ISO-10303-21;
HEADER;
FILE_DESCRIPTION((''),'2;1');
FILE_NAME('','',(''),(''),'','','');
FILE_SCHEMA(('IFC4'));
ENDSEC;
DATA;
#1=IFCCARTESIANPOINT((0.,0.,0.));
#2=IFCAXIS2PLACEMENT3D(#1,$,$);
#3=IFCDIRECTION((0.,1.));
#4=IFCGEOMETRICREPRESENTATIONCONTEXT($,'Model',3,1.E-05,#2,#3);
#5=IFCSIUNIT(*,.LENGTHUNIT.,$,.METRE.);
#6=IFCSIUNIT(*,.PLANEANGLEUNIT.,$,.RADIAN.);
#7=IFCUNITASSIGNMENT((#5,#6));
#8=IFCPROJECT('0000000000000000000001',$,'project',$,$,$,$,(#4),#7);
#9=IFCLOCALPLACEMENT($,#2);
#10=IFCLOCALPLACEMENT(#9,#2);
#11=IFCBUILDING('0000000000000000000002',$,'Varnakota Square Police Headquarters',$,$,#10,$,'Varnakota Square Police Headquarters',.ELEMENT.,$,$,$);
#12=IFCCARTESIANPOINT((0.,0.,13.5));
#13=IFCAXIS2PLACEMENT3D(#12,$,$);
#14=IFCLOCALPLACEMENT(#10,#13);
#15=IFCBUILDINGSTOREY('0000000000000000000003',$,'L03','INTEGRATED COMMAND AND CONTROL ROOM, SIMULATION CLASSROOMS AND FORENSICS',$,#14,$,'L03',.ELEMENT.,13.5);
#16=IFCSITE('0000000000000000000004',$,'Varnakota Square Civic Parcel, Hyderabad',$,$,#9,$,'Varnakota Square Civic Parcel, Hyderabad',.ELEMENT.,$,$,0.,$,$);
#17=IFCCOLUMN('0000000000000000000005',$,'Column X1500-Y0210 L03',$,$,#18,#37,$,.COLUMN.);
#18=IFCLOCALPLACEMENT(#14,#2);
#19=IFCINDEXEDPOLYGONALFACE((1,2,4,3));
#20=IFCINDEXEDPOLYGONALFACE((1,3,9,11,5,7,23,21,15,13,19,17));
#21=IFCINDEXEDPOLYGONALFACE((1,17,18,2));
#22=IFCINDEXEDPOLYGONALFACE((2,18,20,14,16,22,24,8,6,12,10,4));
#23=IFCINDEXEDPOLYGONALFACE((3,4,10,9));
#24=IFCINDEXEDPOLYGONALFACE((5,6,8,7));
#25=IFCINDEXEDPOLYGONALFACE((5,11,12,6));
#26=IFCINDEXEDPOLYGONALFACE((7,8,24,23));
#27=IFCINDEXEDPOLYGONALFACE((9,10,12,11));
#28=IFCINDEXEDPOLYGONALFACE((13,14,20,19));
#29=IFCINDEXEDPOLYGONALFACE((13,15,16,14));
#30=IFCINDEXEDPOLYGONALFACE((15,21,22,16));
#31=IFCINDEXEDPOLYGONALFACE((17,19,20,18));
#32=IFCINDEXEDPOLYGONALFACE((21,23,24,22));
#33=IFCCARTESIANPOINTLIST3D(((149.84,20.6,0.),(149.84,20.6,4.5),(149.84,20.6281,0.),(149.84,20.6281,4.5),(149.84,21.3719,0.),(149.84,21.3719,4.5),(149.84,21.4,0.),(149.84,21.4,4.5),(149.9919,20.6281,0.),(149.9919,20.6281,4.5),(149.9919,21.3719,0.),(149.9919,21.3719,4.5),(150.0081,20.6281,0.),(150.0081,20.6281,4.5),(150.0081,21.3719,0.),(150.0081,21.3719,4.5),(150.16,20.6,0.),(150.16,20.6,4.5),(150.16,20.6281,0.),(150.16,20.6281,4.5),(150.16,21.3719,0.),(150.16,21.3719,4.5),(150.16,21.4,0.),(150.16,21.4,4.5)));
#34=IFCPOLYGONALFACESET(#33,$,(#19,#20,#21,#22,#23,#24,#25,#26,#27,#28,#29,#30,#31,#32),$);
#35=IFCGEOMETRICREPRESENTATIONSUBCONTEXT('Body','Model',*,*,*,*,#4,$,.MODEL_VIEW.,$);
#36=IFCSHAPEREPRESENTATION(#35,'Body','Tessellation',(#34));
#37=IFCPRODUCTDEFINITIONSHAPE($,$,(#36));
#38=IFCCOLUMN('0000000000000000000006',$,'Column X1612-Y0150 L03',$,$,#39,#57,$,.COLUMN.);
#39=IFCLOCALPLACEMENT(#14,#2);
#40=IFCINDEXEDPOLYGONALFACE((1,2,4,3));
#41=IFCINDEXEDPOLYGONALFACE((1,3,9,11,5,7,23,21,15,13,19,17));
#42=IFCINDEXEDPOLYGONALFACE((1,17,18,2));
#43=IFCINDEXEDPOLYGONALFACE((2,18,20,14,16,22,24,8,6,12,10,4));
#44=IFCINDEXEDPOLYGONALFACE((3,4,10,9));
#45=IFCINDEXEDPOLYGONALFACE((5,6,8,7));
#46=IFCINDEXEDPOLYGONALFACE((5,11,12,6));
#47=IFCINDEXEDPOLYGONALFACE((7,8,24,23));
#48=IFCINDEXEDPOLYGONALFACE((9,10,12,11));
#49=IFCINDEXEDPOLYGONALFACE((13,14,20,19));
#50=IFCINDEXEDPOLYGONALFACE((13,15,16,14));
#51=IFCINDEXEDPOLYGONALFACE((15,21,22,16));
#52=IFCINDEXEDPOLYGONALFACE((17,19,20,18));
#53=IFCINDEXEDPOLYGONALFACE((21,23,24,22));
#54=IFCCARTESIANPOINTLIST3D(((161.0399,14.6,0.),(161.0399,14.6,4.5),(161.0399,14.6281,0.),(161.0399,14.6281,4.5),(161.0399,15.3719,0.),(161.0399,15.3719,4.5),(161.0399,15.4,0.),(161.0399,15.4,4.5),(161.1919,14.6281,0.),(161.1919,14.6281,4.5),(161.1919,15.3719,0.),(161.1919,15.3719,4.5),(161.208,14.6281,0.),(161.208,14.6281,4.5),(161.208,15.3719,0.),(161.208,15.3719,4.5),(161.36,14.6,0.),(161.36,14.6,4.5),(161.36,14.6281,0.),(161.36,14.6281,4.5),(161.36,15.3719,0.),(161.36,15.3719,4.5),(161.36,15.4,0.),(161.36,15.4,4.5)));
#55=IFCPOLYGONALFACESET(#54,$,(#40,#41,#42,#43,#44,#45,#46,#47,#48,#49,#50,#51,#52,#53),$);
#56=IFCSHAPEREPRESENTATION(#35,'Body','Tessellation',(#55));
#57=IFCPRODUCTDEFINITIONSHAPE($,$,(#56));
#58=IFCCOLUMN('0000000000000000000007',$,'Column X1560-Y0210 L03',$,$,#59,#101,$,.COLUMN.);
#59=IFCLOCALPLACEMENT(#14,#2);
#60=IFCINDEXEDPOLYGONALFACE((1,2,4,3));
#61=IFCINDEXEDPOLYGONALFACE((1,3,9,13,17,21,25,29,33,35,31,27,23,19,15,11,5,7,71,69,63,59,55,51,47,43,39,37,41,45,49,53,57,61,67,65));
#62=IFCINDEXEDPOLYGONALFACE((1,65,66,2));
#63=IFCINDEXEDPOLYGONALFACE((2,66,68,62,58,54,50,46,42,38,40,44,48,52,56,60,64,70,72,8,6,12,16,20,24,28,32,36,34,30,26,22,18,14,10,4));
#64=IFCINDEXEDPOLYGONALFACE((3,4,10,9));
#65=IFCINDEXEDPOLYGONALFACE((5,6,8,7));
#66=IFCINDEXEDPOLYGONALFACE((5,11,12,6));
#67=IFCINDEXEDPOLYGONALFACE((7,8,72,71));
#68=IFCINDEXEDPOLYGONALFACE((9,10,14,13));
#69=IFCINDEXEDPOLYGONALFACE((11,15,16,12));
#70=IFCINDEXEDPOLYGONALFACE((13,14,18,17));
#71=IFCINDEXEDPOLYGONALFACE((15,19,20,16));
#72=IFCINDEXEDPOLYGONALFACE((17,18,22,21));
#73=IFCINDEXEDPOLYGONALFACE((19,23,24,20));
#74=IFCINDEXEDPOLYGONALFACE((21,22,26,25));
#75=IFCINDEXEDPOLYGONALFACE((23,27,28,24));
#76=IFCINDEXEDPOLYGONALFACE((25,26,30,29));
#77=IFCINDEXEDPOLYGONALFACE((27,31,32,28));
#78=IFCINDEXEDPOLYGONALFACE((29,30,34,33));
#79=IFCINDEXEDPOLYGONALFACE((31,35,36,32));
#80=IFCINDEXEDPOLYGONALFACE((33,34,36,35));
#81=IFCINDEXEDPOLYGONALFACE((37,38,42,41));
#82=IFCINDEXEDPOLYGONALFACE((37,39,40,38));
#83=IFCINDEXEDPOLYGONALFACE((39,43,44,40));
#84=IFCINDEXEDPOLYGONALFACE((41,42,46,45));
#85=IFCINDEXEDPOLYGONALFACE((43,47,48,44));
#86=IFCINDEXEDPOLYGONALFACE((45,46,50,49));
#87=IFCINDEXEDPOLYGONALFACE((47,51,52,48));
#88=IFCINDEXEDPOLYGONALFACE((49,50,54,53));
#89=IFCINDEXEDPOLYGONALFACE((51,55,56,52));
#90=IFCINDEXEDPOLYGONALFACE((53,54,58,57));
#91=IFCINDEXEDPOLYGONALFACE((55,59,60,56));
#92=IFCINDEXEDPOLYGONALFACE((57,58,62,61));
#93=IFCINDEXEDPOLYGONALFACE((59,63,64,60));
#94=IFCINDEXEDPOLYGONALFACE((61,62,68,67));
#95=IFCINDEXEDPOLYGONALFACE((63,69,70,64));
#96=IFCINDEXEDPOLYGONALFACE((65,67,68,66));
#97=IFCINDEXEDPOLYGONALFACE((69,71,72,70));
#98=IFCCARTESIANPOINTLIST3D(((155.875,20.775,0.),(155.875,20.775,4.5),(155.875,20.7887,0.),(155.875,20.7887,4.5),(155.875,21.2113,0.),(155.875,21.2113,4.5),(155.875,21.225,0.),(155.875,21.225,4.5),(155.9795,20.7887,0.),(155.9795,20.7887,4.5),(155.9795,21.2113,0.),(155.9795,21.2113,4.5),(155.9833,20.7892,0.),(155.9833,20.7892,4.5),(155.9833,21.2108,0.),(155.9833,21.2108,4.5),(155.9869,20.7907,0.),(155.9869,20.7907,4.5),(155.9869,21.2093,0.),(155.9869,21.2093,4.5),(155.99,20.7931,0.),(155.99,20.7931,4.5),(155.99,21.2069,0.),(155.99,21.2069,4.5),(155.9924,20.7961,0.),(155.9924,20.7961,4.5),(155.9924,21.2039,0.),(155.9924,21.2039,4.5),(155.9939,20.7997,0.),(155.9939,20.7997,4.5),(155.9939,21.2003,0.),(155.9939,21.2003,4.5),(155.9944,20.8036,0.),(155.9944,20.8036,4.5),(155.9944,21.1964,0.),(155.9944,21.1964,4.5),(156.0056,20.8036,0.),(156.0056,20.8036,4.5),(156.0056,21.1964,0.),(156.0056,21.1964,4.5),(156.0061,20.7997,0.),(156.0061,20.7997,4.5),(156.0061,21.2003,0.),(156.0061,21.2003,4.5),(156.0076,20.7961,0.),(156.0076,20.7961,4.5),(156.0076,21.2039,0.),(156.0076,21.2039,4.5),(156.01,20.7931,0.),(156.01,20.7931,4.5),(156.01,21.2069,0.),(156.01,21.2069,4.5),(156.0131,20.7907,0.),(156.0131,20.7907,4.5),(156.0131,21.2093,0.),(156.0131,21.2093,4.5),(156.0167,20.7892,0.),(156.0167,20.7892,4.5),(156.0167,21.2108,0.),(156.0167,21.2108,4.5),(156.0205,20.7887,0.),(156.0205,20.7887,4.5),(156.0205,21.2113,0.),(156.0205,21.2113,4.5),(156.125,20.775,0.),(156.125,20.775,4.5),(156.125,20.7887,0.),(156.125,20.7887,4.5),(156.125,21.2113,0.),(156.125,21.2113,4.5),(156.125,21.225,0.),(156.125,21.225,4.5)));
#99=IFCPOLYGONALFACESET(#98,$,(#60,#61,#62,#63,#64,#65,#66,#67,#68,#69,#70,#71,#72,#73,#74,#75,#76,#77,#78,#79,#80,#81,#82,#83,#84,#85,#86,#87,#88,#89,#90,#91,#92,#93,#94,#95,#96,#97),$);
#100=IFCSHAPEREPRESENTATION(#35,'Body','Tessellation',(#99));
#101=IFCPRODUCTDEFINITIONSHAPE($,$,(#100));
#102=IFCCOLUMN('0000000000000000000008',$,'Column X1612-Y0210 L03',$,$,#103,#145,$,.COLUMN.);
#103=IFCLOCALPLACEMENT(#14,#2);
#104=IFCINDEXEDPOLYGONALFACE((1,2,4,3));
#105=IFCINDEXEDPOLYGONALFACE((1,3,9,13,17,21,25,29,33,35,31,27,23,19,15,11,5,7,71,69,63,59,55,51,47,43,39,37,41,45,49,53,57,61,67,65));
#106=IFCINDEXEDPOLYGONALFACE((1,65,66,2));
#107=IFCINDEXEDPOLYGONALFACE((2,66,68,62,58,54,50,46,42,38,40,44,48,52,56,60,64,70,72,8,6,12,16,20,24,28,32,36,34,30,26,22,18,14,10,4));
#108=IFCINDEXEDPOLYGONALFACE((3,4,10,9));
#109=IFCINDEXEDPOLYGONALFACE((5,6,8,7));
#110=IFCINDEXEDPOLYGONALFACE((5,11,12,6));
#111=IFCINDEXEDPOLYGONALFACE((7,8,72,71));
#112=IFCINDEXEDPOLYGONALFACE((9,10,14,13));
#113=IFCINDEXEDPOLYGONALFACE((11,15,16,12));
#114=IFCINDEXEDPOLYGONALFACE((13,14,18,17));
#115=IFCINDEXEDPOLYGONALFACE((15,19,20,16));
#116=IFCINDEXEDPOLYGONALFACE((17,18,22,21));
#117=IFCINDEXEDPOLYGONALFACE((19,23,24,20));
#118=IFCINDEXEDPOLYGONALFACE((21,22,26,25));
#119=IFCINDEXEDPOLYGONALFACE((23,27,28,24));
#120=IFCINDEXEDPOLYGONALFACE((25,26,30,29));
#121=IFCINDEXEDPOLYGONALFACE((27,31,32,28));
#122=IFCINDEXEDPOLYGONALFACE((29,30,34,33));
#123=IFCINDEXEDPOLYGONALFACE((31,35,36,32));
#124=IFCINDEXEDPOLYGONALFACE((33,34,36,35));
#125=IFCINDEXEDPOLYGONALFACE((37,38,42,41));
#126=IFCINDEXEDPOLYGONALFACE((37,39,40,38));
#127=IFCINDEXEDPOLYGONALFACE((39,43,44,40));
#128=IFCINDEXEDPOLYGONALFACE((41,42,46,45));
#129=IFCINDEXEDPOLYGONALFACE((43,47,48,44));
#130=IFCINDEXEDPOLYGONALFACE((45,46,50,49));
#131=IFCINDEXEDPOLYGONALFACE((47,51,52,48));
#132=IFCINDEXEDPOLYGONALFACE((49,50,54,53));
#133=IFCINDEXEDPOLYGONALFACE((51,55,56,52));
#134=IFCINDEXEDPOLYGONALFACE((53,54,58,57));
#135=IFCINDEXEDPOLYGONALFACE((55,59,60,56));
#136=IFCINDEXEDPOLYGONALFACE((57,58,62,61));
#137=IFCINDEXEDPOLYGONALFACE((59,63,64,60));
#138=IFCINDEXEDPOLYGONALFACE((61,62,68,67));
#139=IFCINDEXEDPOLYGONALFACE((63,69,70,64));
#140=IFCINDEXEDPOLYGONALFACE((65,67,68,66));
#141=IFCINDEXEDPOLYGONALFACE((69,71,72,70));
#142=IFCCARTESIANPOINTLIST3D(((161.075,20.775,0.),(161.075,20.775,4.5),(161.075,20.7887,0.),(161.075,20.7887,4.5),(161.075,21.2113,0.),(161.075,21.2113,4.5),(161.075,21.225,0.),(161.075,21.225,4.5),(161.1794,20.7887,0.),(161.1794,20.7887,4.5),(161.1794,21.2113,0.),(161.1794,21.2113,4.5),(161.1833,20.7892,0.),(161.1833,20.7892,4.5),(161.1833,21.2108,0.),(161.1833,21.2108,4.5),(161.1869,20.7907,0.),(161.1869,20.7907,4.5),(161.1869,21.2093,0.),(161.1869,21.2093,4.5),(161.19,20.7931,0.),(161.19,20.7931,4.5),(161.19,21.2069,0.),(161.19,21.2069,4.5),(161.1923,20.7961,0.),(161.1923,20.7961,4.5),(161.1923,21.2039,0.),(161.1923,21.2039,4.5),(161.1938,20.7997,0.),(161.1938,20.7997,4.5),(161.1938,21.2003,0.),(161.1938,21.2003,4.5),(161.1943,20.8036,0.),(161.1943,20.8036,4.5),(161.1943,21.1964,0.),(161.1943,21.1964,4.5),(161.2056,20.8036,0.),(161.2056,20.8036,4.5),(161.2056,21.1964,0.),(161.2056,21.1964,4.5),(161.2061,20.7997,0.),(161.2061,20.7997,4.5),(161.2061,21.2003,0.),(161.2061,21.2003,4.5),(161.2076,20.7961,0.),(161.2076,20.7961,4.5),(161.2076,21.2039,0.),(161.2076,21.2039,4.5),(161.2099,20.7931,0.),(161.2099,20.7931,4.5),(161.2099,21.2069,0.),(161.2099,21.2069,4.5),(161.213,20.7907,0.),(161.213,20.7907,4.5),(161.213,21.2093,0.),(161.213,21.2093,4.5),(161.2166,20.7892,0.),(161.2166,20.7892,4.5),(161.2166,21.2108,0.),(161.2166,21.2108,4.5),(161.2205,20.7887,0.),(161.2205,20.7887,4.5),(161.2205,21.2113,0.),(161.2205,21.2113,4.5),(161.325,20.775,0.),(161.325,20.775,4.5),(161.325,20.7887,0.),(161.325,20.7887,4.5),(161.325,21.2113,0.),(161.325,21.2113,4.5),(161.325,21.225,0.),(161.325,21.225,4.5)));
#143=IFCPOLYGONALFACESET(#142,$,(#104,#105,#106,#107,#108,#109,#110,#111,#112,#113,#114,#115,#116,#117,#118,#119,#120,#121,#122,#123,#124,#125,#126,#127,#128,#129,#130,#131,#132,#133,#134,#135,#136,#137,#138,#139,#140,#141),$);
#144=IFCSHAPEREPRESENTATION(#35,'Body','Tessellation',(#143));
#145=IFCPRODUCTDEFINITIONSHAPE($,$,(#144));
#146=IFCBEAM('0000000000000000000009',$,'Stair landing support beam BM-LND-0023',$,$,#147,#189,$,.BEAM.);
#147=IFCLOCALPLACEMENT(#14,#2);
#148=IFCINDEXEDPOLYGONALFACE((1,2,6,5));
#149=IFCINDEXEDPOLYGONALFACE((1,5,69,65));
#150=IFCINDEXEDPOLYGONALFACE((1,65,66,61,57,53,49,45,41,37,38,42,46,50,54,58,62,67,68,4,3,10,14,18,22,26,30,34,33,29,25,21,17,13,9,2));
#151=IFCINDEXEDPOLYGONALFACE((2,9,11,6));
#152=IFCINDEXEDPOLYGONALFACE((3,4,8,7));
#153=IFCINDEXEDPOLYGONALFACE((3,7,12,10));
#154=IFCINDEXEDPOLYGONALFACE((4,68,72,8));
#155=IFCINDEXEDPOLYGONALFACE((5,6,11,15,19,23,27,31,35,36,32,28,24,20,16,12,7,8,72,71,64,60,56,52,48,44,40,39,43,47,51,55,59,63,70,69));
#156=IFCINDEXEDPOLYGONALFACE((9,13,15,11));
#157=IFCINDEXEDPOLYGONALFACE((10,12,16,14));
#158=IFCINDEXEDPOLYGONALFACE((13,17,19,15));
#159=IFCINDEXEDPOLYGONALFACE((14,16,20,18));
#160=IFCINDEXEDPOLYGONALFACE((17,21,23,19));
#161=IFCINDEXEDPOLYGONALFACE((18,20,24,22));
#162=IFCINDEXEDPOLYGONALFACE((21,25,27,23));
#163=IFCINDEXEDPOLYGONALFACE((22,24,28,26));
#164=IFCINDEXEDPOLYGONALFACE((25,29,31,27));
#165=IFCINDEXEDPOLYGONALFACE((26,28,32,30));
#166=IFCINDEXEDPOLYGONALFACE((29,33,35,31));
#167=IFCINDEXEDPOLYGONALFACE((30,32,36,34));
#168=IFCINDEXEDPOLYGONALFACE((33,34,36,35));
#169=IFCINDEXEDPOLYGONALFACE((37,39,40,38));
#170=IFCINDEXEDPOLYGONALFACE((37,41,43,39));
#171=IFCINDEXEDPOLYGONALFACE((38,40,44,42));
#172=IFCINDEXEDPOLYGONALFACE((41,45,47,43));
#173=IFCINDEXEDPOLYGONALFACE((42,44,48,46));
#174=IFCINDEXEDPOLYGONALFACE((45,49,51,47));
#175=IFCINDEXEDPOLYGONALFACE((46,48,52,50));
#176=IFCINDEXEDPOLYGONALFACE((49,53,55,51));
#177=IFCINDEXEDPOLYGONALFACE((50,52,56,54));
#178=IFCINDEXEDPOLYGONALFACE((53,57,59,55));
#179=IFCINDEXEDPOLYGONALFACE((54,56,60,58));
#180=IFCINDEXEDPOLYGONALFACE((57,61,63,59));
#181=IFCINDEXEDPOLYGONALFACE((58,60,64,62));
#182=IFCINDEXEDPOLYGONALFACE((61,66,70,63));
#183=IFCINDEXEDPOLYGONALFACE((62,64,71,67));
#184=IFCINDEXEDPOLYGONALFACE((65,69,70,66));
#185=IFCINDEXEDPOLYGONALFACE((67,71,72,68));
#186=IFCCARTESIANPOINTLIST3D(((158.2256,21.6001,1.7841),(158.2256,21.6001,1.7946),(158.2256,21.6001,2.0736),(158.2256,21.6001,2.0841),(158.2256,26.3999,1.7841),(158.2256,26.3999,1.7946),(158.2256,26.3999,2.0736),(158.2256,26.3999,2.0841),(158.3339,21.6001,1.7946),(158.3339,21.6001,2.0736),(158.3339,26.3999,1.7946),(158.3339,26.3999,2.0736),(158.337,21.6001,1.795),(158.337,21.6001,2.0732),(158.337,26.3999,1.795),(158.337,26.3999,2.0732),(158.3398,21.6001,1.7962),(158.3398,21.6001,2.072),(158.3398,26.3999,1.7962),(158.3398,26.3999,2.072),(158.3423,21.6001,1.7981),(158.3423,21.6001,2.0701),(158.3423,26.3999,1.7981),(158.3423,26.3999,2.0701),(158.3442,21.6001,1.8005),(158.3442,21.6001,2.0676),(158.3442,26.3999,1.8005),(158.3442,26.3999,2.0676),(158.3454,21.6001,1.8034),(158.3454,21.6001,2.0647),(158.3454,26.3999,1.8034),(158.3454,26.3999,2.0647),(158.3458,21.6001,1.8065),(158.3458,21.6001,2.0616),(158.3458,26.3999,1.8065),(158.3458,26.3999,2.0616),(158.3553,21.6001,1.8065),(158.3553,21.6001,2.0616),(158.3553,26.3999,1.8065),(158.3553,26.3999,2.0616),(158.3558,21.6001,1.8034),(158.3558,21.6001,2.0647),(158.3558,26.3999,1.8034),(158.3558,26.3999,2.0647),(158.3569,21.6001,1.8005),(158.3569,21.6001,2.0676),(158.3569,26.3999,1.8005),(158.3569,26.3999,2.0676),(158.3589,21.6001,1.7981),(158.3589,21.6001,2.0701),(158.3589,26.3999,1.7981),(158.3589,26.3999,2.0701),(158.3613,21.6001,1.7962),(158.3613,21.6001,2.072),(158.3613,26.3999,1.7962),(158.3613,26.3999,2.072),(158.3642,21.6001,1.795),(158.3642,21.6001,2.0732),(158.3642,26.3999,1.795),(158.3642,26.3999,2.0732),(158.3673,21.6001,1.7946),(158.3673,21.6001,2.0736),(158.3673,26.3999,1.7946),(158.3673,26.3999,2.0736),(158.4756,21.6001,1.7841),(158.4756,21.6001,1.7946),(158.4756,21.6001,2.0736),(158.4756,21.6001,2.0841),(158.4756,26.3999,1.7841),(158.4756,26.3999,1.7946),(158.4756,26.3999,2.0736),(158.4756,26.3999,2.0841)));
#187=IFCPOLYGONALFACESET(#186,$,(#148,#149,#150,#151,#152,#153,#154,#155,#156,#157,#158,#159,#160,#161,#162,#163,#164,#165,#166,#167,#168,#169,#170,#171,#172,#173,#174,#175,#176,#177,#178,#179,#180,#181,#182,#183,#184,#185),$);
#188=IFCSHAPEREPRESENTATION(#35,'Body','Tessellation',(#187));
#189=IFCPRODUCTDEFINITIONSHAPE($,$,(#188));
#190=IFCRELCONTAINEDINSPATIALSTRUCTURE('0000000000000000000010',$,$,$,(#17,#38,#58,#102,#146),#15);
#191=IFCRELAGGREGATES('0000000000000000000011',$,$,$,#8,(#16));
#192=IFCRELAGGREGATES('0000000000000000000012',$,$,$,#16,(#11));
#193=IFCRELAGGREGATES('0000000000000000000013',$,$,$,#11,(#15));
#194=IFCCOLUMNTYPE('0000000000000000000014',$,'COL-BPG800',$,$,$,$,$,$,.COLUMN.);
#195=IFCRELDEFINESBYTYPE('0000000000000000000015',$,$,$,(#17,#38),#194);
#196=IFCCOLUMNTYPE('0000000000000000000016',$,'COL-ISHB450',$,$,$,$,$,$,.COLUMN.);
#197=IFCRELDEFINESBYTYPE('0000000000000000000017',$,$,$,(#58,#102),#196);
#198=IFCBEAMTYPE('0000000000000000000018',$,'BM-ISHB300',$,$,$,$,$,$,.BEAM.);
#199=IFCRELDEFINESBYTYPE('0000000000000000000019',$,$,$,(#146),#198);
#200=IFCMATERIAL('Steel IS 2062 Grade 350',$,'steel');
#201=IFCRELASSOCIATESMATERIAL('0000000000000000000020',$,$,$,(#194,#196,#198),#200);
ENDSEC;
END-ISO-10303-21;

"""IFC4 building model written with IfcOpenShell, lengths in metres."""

from ifc_helpers import new_model, si_unit, direction, frame, origin, origin_2d, place, context, subcontext, project, spatial, i_section, extrude, material, material_profile, profile_set, type_object, element, save


model = new_model("IFC4")

# Units and contexts
model_context = context("Model", 3, precision=1e-05, world=origin(), true_north=direction((0.0, 1.0)))
body_context = subcontext(model_context, "Body", "Model", "MODEL_VIEW")
ifc_project = project(units=[si_unit("LENGTHUNIT", "METRE"), si_unit("PLANEANGLEUNIT", "RADIAN")], contexts=[model_context])

# Site, building, storey
site_placement = place(None, origin())
site = spatial("IfcSite", under=ifc_project, at=site_placement, Name="Varnakota Square Civic Parcel, Hyderabad", LongName="Varnakota Square Civic Parcel, Hyderabad", CompositionType="ELEMENT", RefElevation=0.0)
building_placement = place(site_placement, origin())
building = spatial("IfcBuilding", under=site, at=building_placement, Name="Varnakota Square Police Headquarters", LongName="Varnakota Square Police Headquarters", CompositionType="ELEMENT")
storey_placement = place(building_placement, frame((0.0, 0.0, 13.5)))
storey = spatial("IfcBuildingStorey", under=building, at=storey_placement, Name="L03", Description="INTEGRATED COMMAND AND CONTROL ROOM, SIMULATION CLASSROOMS AND FORENSICS", LongName="L03", CompositionType="ELEMENT", Elevation=13.5)

# Columns
ifc_material_1 = material(Name="Steel IS 2062 Grade 350", Category="steel")
ifc_material_profile_1 = material_profile(ifc_material_1, i_section(OverallWidth=0.3201, OverallDepth=0.8, WebThickness=0.0161, FlangeThickness=0.0281, at=origin_2d()), Name="BPG 800x320")
ifc_profile_set_1 = profile_set([ifc_material_profile_1], Name="Steel IS 2062 Grade 350")
column_type_1 = type_object("IfcColumnType", Name="COL-BPG800", PredefinedType="COLUMN", material=ifc_profile_set_1)
for number, where, z_axis, x_axis, name in (
    (1, (150.0, 21.0, 0.0), (0.0, 0.0, 1.0), (1.0, 0.0, 0.0), "Column X1500-Y0210 L03"),
    (2, (161.2, 15.0, 0.0), (0.0, 0.0, 1.0), (1.0, 0.0, 0.0), "Column X1612-Y0150 L03"),
):
    element("IfcColumn", number, at=place(storey_placement, frame(where, z_axis=z_axis, x_axis=x_axis)), inside=storey, type_object=column_type_1, Name=name, PredefinedType="COLUMN", context=body_context, shape_type="SweptSolid", body=[
        extrude(i_section(OverallWidth=0.3201, OverallDepth=0.8, WebThickness=0.0161, FlangeThickness=0.0281, at=origin_2d()), origin(), (0.0, 0.0, 1.0), 4.5),
    ])
ifc_material_profile_2 = material_profile(ifc_material_1, i_section(OverallWidth=0.25, OverallDepth=0.45, WebThickness=0.0112, FlangeThickness=0.0137, FilletRadius=0.0149, at=origin_2d()), Name="ISHB 450")
ifc_profile_set_2 = profile_set([ifc_material_profile_2], Name="Steel IS 2062 Grade 350")
column_type_2 = type_object("IfcColumnType", Name="COL-ISHB450", PredefinedType="COLUMN", material=ifc_profile_set_2)
for number, where, z_axis, x_axis, name in (
    (3, (156.0, 21.0, 0.0), (0.0, 0.0, 1.0), (1.0, 0.0, 0.0), "Column X1560-Y0210 L03"),
    (4, (161.2, 21.0, 0.0), (0.0, 0.0, 1.0), (1.0, 0.0, 0.0), "Column X1612-Y0210 L03"),
):
    element("IfcColumn", number, at=place(storey_placement, frame(where, z_axis=z_axis, x_axis=x_axis)), inside=storey, type_object=column_type_2, Name=name, PredefinedType="COLUMN", context=body_context, shape_type="SweptSolid", body=[
        extrude(i_section(OverallWidth=0.25, OverallDepth=0.45, WebThickness=0.0112, FlangeThickness=0.0137, FilletRadius=0.0149, at=origin_2d()), origin(), (0.0, 0.0, 1.0), 4.5),
    ])

# Beam
ifc_material_profile_3 = material_profile(ifc_material_1, i_section(OverallWidth=0.25, OverallDepth=0.3, WebThickness=0.0095, FlangeThickness=0.0105, FilletRadius=0.012, at=origin_2d()), Name="ISHB 300")
ifc_profile_set_3 = profile_set([ifc_material_profile_3], Name="Steel IS 2062 Grade 350")
beam_type_1 = type_object("IfcBeamType", Name="BM-ISHB300", PredefinedType="BEAM", material=ifc_profile_set_3)
for number, where, z_axis, x_axis, name in (
    (5, (158.3506, 21.6001, 1.9341), (0.0, 1.0, 0.0), (-1.0, 0.0, 0.0), "Stair landing support beam BM-LND-0023"),
):
    element("IfcBeam", number, at=place(storey_placement, frame(where, z_axis=z_axis, x_axis=x_axis)), inside=storey, type_object=beam_type_1, Name=name, PredefinedType="BEAM", context=body_context, shape_type="SweptSolid", body=[
        extrude(i_section(OverallWidth=0.25, OverallDepth=0.3, WebThickness=0.0095, FlangeThickness=0.0105, FilletRadius=0.012, at=origin_2d()), origin(), (0.0, 0.0, 1.0), 4.7998),
    ])

save(model, "model.ifc")
